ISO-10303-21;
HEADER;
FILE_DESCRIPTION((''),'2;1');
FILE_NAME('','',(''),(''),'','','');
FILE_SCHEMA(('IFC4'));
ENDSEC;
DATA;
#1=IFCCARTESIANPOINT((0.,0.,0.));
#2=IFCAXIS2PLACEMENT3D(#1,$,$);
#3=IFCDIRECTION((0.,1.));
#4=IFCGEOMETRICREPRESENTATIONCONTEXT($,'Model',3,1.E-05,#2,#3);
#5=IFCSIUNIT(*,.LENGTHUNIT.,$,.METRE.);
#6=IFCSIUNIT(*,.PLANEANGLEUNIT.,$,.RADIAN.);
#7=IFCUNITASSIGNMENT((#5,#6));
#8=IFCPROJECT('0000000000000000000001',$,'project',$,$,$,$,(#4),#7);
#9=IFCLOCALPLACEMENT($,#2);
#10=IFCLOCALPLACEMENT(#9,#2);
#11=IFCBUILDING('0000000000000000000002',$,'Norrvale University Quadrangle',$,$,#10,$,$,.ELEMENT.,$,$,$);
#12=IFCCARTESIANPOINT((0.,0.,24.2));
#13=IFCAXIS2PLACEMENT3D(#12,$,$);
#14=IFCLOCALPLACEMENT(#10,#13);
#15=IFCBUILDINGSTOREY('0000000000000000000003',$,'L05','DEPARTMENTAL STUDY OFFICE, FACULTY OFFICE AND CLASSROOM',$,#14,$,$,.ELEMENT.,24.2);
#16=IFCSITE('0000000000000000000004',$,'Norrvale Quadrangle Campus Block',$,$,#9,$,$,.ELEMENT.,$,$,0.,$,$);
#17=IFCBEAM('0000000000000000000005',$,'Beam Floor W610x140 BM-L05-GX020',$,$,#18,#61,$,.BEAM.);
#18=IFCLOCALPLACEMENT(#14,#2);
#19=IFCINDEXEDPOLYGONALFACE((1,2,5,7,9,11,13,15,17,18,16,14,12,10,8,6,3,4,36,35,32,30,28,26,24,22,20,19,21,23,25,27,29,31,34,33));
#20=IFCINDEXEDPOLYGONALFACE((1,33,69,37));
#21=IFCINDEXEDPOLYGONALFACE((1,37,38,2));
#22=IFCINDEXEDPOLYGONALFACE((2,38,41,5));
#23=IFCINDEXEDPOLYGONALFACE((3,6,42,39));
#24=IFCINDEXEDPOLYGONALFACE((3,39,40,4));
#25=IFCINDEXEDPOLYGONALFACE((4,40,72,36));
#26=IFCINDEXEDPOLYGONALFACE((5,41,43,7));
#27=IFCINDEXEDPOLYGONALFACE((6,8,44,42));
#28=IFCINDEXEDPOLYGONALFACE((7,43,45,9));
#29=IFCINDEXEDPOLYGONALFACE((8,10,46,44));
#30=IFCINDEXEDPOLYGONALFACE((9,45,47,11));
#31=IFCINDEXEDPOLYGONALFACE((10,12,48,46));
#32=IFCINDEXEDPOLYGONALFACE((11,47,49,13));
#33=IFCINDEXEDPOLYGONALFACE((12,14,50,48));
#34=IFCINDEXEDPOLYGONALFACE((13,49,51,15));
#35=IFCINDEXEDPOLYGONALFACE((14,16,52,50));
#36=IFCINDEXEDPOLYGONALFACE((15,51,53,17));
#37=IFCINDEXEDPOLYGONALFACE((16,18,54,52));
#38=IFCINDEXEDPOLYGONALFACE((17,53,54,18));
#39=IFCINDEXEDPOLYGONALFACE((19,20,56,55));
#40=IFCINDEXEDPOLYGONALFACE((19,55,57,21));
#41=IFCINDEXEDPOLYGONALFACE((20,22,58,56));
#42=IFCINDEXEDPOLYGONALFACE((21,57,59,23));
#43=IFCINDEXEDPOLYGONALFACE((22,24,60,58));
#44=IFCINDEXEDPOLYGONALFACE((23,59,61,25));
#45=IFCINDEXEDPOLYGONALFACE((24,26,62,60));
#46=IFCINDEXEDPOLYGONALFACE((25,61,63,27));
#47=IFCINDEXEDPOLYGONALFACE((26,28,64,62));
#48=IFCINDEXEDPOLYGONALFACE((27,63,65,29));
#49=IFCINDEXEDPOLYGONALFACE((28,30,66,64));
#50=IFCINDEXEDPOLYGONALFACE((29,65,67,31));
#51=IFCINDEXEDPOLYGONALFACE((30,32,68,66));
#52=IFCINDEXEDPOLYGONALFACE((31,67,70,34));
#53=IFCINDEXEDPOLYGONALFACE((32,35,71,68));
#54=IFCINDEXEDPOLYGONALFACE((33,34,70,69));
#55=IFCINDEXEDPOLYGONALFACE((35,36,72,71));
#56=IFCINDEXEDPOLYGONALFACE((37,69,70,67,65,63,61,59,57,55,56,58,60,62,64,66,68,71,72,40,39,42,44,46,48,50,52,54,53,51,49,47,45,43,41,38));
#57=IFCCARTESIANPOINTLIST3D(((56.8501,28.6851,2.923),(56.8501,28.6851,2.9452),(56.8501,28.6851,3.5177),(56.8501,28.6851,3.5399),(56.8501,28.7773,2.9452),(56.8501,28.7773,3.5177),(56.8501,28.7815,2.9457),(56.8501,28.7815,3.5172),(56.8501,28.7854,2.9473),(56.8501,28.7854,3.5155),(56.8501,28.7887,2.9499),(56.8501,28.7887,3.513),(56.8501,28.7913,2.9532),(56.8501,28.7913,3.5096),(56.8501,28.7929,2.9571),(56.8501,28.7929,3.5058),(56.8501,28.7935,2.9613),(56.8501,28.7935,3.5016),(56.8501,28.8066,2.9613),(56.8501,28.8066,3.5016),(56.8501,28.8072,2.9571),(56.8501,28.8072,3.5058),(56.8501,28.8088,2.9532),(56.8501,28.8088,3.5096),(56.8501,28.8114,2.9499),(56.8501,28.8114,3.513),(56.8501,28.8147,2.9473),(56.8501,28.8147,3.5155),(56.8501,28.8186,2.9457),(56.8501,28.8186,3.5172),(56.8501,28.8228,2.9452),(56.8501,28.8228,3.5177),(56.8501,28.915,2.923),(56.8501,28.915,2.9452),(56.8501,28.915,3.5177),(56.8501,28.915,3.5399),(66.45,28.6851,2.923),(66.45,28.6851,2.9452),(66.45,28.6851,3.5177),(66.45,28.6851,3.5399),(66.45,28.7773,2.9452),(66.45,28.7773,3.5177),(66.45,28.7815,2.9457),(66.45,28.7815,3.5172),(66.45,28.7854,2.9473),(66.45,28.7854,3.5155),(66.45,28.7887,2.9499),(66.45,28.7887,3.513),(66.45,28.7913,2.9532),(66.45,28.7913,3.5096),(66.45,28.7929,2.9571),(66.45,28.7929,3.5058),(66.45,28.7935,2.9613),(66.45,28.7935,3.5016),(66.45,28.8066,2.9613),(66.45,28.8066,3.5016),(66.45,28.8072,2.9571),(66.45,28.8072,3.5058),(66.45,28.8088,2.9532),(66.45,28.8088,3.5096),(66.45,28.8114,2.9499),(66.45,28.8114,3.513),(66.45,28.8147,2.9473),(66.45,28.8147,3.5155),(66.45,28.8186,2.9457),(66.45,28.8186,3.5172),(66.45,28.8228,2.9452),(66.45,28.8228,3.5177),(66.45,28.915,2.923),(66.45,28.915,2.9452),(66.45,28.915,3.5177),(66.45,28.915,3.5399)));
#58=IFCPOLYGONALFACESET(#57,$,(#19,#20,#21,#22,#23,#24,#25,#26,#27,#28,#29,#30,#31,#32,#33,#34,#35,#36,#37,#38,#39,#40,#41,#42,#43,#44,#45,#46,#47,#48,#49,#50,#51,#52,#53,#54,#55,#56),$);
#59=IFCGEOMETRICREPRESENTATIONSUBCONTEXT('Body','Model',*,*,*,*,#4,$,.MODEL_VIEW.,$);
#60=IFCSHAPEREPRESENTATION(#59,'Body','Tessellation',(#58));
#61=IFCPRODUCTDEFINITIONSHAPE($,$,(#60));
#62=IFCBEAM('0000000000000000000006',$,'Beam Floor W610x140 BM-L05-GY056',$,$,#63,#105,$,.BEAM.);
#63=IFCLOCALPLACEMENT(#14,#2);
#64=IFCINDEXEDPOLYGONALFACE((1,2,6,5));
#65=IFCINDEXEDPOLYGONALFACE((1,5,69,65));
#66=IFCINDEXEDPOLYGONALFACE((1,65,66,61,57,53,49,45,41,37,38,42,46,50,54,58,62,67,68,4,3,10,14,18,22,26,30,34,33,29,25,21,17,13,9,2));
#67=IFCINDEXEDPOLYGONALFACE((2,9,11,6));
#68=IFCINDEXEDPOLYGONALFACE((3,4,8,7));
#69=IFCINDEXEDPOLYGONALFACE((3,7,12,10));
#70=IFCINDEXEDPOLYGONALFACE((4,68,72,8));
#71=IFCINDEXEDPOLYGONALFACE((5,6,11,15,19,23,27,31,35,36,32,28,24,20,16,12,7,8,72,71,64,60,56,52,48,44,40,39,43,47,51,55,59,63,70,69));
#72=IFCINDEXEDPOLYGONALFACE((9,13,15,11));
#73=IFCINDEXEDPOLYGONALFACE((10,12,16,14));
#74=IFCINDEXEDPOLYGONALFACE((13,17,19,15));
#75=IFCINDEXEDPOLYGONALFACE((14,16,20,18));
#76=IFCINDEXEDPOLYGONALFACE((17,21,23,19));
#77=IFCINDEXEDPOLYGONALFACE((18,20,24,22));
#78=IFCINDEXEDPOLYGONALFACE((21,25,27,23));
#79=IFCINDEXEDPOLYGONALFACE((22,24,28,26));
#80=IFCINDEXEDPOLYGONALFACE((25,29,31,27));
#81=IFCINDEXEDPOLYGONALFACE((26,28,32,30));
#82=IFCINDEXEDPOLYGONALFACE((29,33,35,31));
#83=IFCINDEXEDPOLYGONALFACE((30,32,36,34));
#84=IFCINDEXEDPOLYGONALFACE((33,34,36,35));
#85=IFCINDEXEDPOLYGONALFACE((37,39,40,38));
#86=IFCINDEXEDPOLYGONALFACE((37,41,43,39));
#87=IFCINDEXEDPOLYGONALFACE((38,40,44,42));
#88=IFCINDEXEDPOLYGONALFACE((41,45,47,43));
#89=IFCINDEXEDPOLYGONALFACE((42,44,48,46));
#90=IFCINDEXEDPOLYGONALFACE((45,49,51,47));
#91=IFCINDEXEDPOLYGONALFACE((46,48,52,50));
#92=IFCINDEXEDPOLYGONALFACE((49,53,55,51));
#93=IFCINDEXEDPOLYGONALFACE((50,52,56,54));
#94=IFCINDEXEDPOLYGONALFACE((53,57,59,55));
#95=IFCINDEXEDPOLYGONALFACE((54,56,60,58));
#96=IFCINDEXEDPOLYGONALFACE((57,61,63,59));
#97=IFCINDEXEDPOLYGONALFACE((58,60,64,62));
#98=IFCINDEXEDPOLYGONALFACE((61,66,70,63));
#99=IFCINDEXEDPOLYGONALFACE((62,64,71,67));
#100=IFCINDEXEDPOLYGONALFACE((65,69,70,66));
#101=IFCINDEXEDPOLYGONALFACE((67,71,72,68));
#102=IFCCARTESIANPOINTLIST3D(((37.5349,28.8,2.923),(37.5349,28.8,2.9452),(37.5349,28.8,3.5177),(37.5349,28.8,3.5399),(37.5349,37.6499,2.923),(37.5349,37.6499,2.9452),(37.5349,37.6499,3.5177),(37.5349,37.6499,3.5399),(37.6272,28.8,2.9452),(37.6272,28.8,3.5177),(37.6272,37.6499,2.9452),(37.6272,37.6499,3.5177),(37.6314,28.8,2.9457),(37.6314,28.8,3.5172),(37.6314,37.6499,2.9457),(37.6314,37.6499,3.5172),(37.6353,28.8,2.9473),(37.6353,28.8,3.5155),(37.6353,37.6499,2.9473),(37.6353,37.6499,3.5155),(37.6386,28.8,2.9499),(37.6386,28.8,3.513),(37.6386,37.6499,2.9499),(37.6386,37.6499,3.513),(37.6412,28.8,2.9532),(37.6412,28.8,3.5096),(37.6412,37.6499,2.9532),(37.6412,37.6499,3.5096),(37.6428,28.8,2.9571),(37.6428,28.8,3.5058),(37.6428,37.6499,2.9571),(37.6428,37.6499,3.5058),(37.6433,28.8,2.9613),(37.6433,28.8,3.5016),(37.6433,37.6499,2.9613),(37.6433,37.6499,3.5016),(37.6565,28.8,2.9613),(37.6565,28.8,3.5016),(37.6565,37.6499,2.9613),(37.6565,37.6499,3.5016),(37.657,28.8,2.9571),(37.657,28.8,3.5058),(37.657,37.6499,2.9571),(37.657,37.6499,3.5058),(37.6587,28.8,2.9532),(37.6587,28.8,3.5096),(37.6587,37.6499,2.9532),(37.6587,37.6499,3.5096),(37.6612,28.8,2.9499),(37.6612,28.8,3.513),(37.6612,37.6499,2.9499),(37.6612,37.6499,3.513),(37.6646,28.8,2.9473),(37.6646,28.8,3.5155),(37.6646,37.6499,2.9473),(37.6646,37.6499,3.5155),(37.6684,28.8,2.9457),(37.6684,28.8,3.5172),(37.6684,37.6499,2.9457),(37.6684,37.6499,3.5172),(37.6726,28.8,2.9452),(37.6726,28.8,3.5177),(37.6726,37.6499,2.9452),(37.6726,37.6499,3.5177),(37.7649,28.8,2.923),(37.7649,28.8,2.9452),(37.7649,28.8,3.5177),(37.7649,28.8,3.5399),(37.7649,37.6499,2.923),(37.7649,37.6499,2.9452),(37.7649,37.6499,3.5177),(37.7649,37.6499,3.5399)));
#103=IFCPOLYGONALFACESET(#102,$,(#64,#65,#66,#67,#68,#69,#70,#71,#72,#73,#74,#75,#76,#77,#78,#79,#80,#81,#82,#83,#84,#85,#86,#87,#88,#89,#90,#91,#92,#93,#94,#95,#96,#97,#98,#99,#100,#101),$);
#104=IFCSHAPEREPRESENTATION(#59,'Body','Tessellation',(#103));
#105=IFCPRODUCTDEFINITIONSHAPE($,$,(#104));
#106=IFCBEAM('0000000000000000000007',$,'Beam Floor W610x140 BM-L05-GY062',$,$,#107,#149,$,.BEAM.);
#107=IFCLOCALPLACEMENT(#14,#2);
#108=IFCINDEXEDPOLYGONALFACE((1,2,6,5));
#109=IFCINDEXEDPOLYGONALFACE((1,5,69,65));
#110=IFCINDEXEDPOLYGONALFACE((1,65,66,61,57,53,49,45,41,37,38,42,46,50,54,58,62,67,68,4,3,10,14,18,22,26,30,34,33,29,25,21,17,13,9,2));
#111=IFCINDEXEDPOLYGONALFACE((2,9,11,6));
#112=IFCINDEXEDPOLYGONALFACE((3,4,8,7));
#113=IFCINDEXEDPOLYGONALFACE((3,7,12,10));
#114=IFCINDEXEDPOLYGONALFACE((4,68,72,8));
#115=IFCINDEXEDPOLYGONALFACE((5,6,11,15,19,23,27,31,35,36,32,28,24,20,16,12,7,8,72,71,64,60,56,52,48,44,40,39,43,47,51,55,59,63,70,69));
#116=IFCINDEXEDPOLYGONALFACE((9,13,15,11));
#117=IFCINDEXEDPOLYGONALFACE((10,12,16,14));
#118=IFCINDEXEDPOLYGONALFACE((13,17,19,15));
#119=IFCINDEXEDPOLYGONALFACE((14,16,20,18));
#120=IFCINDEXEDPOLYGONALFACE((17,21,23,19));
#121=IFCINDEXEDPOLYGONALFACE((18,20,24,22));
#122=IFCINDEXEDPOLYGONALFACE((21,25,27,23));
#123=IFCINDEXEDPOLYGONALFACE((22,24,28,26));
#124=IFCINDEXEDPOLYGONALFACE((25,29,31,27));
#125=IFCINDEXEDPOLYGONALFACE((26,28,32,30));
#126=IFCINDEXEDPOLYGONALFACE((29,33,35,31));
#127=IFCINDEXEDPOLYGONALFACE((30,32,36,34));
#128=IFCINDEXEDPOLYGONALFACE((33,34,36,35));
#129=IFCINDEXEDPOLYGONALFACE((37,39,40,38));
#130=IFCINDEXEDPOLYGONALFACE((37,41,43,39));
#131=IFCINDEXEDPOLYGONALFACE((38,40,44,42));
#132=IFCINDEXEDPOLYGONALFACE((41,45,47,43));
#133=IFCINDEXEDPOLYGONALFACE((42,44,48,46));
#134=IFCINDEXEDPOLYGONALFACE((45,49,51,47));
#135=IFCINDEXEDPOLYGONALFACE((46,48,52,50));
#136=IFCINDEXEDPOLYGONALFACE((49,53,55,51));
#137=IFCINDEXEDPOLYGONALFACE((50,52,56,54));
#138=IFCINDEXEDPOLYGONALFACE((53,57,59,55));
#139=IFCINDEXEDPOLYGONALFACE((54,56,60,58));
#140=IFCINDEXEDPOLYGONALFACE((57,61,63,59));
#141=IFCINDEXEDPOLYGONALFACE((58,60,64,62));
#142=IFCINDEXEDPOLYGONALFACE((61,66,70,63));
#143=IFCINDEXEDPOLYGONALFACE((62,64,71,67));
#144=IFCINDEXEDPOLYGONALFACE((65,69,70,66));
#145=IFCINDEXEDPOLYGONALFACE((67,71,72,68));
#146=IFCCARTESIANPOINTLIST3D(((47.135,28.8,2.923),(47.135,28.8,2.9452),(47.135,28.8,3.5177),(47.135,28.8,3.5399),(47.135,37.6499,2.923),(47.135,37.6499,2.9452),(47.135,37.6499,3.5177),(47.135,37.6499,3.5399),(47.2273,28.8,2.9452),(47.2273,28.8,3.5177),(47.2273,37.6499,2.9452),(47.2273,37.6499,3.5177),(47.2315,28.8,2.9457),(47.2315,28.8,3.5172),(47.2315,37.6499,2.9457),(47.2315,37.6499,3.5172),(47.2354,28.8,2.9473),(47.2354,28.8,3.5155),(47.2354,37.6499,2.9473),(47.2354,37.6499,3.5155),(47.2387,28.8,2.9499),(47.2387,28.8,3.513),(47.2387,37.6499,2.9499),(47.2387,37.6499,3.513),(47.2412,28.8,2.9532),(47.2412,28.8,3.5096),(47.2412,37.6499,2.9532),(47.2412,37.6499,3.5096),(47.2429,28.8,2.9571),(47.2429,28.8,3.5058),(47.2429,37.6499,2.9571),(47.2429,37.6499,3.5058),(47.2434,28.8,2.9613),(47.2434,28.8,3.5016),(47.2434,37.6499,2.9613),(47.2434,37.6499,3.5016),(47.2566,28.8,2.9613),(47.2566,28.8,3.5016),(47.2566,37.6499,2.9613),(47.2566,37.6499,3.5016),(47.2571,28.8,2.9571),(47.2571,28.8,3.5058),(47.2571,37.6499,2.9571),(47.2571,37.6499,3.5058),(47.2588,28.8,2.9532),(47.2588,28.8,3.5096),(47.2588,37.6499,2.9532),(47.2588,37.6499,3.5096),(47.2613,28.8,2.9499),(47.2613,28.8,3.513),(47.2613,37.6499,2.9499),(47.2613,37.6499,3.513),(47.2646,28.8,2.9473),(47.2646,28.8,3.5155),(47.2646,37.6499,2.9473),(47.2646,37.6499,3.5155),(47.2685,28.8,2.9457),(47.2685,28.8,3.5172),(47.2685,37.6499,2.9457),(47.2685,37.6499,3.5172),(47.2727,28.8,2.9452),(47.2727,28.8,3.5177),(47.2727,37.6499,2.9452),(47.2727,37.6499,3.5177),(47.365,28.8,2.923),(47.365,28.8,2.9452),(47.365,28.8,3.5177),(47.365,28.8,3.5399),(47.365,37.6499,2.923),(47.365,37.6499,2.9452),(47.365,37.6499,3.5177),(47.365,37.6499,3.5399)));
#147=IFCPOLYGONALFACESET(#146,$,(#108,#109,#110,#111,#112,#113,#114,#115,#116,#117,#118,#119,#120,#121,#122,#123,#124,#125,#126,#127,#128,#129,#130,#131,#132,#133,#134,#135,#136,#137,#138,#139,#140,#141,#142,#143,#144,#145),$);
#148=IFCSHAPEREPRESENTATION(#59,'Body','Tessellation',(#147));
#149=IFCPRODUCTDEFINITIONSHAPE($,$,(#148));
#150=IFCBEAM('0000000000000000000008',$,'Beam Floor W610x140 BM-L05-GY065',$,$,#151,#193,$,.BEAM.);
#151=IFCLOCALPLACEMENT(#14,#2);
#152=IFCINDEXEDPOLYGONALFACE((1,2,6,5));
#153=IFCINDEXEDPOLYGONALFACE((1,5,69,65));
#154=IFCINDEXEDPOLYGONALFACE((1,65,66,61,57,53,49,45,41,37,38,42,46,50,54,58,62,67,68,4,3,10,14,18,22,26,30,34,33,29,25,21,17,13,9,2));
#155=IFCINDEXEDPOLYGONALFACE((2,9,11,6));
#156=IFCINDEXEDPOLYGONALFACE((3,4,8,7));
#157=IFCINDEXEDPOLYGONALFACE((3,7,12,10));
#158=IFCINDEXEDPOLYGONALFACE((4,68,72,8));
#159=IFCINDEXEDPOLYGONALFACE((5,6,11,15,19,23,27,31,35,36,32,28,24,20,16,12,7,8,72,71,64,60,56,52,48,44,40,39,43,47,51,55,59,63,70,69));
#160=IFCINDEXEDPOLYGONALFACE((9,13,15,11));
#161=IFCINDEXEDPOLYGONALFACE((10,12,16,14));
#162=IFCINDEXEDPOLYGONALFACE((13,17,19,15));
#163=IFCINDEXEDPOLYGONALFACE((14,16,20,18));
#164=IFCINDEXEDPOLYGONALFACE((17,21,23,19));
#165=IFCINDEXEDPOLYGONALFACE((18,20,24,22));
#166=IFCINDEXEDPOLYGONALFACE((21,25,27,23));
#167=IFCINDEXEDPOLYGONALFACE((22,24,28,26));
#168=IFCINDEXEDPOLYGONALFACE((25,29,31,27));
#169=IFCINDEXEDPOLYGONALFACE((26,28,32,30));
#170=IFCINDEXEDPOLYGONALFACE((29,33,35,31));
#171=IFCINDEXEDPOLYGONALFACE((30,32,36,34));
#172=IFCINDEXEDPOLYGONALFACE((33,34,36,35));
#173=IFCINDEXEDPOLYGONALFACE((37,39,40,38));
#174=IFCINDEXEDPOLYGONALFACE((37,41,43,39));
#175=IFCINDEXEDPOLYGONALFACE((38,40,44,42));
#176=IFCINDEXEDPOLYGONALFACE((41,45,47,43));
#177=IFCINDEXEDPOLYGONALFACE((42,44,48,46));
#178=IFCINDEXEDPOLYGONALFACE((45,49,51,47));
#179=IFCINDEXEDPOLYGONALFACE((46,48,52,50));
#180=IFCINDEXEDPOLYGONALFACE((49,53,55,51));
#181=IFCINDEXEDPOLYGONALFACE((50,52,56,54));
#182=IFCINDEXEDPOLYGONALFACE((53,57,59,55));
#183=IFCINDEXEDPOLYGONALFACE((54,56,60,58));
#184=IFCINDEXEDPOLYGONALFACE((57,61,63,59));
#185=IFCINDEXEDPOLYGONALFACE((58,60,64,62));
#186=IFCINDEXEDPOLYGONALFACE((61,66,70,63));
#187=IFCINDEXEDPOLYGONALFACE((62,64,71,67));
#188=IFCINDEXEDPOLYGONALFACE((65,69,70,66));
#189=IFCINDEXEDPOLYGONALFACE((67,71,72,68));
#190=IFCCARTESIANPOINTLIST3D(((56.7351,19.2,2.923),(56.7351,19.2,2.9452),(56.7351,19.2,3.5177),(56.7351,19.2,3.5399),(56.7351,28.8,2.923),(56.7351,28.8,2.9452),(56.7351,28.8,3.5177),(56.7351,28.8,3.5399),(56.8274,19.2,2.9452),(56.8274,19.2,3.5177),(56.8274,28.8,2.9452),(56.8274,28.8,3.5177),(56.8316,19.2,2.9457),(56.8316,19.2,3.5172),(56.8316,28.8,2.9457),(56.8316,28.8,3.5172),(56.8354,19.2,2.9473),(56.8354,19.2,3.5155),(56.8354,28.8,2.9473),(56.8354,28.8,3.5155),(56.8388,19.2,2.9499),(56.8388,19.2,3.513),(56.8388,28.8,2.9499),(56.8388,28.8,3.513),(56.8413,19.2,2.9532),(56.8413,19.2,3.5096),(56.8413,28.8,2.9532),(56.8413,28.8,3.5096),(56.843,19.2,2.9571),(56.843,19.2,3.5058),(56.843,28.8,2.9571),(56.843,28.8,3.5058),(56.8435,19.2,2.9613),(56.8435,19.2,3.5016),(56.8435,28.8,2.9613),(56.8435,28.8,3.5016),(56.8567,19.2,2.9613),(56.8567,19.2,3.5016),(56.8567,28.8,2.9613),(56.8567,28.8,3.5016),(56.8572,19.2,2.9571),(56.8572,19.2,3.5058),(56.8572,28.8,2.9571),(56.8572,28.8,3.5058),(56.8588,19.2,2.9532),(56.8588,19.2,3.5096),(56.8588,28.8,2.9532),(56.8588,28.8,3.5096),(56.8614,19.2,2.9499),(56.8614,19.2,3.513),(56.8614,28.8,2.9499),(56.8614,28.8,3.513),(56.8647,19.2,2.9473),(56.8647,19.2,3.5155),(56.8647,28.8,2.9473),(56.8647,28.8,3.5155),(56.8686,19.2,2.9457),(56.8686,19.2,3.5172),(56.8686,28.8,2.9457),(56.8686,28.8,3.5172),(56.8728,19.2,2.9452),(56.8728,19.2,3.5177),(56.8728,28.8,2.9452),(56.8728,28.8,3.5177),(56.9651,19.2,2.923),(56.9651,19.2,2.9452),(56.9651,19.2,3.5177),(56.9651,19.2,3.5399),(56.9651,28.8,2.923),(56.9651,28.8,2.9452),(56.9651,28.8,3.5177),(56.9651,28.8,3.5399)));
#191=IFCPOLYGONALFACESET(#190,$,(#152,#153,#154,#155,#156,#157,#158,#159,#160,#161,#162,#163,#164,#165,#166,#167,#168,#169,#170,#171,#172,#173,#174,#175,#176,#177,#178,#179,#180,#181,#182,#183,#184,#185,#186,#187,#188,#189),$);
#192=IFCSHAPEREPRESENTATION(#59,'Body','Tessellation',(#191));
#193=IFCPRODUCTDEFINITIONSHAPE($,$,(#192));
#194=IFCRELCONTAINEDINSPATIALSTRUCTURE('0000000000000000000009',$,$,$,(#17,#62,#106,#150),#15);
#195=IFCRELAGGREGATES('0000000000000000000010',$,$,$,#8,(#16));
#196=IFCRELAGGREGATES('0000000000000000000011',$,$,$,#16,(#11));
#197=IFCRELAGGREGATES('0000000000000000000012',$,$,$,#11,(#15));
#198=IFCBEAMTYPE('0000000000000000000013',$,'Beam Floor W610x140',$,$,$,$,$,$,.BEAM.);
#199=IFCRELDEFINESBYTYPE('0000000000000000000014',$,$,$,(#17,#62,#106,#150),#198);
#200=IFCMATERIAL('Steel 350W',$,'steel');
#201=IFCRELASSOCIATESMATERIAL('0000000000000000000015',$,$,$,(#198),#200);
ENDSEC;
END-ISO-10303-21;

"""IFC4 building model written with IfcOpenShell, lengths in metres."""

from ifc_helpers import new_model, si_unit, direction, frame, origin, origin_2d, place, context, subcontext, project, spatial, i_section, extrude, material, material_profile, profile_set, type_object, element, save


model = new_model("IFC4")

# Units and contexts
model_context = context("Model", 3, precision=1e-05, world=origin(), true_north=direction((0.0, 1.0)))
body_context = subcontext(model_context, "Body", "Model", "MODEL_VIEW")
ifc_project = project(units=[si_unit("LENGTHUNIT", "METRE"), si_unit("PLANEANGLEUNIT", "RADIAN")], contexts=[model_context])

# Site, building, storey
site_placement = place(None, origin())
site = spatial("IfcSite", under=ifc_project, at=site_placement, Name="Norrvale Quadrangle Campus Block", CompositionType="ELEMENT", RefElevation=0.0)
building_placement = place(site_placement, origin())
building = spatial("IfcBuilding", under=site, at=building_placement, Name="Norrvale University Quadrangle", CompositionType="ELEMENT")
storey_placement = place(building_placement, frame((0.0, 0.0, 24.2)))
storey = spatial("IfcBuildingStorey", under=building, at=storey_placement, Name="L05", Description="DEPARTMENTAL STUDY OFFICE, FACULTY OFFICE AND CLASSROOM", CompositionType="ELEMENT", Elevation=24.2)

# Beams
ifc_material_1 = material(Name="Steel 350W", Category="steel")
ifc_material_profile_1 = material_profile(ifc_material_1, i_section(OverallWidth=0.23, OverallDepth=0.6169, WebThickness=0.0132, FlangeThickness=0.0222, FilletRadius=0.0161, at=origin_2d()), Name="Steel 350W")
ifc_profile_set_1 = profile_set([ifc_material_profile_1], Name="Steel 350W")
beam_type_1 = type_object("IfcBeamType", Name="Beam Floor W610x140", PredefinedType="BEAM", material=ifc_profile_set_1)
beam_1_placement = place(storey_placement, frame((56.8501, 28.8, 3.2314), z_axis=(1.0, 0.0, 0.0), x_axis=(0.0, 1.0, 0.0)))
element("IfcBeam", 1, at=beam_1_placement, inside=storey, type_object=beam_type_1, Name="Beam Floor W610x140 BM-L05-GX020", PredefinedType="BEAM", context=body_context, shape_type="SweptSolid", body=[
    extrude(i_section(OverallWidth=0.23, OverallDepth=0.6169, WebThickness=0.0132, FlangeThickness=0.0222, FilletRadius=0.0161, at=origin_2d()), origin(), (0.0, 0.0, 1.0), 9.5999),
])
for number, where, z_axis, x_axis, name in (
    (2, (37.6499, 28.8, 3.2314), (0.0, 1.0, 0.0), (-1.0, 0.0, 0.0), "Beam Floor W610x140 BM-L05-GY056"),
    (3, (47.25, 28.8, 3.2314), (0.0, 1.0, 0.0), (-1.0, 0.0, 0.0), "Beam Floor W610x140 BM-L05-GY062"),
):
    element("IfcBeam", number, at=place(storey_placement, frame(where, z_axis=z_axis, x_axis=x_axis)), inside=storey, type_object=beam_type_1, Name=name, PredefinedType="BEAM", context=body_context, shape_type="SweptSolid", body=[
        extrude(i_section(OverallWidth=0.23, OverallDepth=0.6169, WebThickness=0.0132, FlangeThickness=0.0222, FilletRadius=0.0161, at=origin_2d()), origin(), (0.0, 0.0, 1.0), 8.8499),
    ])
beam_2_placement = place(storey_placement, frame((56.8501, 19.2, 3.2314), z_axis=(0.0, 1.0, 0.0), x_axis=(-1.0, 0.0, 0.0)))
element("IfcBeam", 4, at=beam_2_placement, inside=storey, type_object=beam_type_1, Name="Beam Floor W610x140 BM-L05-GY065", PredefinedType="BEAM", context=body_context, shape_type="SweptSolid", body=[
    extrude(i_section(OverallWidth=0.23, OverallDepth=0.6169, WebThickness=0.0132, FlangeThickness=0.0222, FilletRadius=0.0161, at=origin_2d()), origin(), (0.0, 0.0, 1.0), 9.6001),
])

save(model, "model.ifc")
